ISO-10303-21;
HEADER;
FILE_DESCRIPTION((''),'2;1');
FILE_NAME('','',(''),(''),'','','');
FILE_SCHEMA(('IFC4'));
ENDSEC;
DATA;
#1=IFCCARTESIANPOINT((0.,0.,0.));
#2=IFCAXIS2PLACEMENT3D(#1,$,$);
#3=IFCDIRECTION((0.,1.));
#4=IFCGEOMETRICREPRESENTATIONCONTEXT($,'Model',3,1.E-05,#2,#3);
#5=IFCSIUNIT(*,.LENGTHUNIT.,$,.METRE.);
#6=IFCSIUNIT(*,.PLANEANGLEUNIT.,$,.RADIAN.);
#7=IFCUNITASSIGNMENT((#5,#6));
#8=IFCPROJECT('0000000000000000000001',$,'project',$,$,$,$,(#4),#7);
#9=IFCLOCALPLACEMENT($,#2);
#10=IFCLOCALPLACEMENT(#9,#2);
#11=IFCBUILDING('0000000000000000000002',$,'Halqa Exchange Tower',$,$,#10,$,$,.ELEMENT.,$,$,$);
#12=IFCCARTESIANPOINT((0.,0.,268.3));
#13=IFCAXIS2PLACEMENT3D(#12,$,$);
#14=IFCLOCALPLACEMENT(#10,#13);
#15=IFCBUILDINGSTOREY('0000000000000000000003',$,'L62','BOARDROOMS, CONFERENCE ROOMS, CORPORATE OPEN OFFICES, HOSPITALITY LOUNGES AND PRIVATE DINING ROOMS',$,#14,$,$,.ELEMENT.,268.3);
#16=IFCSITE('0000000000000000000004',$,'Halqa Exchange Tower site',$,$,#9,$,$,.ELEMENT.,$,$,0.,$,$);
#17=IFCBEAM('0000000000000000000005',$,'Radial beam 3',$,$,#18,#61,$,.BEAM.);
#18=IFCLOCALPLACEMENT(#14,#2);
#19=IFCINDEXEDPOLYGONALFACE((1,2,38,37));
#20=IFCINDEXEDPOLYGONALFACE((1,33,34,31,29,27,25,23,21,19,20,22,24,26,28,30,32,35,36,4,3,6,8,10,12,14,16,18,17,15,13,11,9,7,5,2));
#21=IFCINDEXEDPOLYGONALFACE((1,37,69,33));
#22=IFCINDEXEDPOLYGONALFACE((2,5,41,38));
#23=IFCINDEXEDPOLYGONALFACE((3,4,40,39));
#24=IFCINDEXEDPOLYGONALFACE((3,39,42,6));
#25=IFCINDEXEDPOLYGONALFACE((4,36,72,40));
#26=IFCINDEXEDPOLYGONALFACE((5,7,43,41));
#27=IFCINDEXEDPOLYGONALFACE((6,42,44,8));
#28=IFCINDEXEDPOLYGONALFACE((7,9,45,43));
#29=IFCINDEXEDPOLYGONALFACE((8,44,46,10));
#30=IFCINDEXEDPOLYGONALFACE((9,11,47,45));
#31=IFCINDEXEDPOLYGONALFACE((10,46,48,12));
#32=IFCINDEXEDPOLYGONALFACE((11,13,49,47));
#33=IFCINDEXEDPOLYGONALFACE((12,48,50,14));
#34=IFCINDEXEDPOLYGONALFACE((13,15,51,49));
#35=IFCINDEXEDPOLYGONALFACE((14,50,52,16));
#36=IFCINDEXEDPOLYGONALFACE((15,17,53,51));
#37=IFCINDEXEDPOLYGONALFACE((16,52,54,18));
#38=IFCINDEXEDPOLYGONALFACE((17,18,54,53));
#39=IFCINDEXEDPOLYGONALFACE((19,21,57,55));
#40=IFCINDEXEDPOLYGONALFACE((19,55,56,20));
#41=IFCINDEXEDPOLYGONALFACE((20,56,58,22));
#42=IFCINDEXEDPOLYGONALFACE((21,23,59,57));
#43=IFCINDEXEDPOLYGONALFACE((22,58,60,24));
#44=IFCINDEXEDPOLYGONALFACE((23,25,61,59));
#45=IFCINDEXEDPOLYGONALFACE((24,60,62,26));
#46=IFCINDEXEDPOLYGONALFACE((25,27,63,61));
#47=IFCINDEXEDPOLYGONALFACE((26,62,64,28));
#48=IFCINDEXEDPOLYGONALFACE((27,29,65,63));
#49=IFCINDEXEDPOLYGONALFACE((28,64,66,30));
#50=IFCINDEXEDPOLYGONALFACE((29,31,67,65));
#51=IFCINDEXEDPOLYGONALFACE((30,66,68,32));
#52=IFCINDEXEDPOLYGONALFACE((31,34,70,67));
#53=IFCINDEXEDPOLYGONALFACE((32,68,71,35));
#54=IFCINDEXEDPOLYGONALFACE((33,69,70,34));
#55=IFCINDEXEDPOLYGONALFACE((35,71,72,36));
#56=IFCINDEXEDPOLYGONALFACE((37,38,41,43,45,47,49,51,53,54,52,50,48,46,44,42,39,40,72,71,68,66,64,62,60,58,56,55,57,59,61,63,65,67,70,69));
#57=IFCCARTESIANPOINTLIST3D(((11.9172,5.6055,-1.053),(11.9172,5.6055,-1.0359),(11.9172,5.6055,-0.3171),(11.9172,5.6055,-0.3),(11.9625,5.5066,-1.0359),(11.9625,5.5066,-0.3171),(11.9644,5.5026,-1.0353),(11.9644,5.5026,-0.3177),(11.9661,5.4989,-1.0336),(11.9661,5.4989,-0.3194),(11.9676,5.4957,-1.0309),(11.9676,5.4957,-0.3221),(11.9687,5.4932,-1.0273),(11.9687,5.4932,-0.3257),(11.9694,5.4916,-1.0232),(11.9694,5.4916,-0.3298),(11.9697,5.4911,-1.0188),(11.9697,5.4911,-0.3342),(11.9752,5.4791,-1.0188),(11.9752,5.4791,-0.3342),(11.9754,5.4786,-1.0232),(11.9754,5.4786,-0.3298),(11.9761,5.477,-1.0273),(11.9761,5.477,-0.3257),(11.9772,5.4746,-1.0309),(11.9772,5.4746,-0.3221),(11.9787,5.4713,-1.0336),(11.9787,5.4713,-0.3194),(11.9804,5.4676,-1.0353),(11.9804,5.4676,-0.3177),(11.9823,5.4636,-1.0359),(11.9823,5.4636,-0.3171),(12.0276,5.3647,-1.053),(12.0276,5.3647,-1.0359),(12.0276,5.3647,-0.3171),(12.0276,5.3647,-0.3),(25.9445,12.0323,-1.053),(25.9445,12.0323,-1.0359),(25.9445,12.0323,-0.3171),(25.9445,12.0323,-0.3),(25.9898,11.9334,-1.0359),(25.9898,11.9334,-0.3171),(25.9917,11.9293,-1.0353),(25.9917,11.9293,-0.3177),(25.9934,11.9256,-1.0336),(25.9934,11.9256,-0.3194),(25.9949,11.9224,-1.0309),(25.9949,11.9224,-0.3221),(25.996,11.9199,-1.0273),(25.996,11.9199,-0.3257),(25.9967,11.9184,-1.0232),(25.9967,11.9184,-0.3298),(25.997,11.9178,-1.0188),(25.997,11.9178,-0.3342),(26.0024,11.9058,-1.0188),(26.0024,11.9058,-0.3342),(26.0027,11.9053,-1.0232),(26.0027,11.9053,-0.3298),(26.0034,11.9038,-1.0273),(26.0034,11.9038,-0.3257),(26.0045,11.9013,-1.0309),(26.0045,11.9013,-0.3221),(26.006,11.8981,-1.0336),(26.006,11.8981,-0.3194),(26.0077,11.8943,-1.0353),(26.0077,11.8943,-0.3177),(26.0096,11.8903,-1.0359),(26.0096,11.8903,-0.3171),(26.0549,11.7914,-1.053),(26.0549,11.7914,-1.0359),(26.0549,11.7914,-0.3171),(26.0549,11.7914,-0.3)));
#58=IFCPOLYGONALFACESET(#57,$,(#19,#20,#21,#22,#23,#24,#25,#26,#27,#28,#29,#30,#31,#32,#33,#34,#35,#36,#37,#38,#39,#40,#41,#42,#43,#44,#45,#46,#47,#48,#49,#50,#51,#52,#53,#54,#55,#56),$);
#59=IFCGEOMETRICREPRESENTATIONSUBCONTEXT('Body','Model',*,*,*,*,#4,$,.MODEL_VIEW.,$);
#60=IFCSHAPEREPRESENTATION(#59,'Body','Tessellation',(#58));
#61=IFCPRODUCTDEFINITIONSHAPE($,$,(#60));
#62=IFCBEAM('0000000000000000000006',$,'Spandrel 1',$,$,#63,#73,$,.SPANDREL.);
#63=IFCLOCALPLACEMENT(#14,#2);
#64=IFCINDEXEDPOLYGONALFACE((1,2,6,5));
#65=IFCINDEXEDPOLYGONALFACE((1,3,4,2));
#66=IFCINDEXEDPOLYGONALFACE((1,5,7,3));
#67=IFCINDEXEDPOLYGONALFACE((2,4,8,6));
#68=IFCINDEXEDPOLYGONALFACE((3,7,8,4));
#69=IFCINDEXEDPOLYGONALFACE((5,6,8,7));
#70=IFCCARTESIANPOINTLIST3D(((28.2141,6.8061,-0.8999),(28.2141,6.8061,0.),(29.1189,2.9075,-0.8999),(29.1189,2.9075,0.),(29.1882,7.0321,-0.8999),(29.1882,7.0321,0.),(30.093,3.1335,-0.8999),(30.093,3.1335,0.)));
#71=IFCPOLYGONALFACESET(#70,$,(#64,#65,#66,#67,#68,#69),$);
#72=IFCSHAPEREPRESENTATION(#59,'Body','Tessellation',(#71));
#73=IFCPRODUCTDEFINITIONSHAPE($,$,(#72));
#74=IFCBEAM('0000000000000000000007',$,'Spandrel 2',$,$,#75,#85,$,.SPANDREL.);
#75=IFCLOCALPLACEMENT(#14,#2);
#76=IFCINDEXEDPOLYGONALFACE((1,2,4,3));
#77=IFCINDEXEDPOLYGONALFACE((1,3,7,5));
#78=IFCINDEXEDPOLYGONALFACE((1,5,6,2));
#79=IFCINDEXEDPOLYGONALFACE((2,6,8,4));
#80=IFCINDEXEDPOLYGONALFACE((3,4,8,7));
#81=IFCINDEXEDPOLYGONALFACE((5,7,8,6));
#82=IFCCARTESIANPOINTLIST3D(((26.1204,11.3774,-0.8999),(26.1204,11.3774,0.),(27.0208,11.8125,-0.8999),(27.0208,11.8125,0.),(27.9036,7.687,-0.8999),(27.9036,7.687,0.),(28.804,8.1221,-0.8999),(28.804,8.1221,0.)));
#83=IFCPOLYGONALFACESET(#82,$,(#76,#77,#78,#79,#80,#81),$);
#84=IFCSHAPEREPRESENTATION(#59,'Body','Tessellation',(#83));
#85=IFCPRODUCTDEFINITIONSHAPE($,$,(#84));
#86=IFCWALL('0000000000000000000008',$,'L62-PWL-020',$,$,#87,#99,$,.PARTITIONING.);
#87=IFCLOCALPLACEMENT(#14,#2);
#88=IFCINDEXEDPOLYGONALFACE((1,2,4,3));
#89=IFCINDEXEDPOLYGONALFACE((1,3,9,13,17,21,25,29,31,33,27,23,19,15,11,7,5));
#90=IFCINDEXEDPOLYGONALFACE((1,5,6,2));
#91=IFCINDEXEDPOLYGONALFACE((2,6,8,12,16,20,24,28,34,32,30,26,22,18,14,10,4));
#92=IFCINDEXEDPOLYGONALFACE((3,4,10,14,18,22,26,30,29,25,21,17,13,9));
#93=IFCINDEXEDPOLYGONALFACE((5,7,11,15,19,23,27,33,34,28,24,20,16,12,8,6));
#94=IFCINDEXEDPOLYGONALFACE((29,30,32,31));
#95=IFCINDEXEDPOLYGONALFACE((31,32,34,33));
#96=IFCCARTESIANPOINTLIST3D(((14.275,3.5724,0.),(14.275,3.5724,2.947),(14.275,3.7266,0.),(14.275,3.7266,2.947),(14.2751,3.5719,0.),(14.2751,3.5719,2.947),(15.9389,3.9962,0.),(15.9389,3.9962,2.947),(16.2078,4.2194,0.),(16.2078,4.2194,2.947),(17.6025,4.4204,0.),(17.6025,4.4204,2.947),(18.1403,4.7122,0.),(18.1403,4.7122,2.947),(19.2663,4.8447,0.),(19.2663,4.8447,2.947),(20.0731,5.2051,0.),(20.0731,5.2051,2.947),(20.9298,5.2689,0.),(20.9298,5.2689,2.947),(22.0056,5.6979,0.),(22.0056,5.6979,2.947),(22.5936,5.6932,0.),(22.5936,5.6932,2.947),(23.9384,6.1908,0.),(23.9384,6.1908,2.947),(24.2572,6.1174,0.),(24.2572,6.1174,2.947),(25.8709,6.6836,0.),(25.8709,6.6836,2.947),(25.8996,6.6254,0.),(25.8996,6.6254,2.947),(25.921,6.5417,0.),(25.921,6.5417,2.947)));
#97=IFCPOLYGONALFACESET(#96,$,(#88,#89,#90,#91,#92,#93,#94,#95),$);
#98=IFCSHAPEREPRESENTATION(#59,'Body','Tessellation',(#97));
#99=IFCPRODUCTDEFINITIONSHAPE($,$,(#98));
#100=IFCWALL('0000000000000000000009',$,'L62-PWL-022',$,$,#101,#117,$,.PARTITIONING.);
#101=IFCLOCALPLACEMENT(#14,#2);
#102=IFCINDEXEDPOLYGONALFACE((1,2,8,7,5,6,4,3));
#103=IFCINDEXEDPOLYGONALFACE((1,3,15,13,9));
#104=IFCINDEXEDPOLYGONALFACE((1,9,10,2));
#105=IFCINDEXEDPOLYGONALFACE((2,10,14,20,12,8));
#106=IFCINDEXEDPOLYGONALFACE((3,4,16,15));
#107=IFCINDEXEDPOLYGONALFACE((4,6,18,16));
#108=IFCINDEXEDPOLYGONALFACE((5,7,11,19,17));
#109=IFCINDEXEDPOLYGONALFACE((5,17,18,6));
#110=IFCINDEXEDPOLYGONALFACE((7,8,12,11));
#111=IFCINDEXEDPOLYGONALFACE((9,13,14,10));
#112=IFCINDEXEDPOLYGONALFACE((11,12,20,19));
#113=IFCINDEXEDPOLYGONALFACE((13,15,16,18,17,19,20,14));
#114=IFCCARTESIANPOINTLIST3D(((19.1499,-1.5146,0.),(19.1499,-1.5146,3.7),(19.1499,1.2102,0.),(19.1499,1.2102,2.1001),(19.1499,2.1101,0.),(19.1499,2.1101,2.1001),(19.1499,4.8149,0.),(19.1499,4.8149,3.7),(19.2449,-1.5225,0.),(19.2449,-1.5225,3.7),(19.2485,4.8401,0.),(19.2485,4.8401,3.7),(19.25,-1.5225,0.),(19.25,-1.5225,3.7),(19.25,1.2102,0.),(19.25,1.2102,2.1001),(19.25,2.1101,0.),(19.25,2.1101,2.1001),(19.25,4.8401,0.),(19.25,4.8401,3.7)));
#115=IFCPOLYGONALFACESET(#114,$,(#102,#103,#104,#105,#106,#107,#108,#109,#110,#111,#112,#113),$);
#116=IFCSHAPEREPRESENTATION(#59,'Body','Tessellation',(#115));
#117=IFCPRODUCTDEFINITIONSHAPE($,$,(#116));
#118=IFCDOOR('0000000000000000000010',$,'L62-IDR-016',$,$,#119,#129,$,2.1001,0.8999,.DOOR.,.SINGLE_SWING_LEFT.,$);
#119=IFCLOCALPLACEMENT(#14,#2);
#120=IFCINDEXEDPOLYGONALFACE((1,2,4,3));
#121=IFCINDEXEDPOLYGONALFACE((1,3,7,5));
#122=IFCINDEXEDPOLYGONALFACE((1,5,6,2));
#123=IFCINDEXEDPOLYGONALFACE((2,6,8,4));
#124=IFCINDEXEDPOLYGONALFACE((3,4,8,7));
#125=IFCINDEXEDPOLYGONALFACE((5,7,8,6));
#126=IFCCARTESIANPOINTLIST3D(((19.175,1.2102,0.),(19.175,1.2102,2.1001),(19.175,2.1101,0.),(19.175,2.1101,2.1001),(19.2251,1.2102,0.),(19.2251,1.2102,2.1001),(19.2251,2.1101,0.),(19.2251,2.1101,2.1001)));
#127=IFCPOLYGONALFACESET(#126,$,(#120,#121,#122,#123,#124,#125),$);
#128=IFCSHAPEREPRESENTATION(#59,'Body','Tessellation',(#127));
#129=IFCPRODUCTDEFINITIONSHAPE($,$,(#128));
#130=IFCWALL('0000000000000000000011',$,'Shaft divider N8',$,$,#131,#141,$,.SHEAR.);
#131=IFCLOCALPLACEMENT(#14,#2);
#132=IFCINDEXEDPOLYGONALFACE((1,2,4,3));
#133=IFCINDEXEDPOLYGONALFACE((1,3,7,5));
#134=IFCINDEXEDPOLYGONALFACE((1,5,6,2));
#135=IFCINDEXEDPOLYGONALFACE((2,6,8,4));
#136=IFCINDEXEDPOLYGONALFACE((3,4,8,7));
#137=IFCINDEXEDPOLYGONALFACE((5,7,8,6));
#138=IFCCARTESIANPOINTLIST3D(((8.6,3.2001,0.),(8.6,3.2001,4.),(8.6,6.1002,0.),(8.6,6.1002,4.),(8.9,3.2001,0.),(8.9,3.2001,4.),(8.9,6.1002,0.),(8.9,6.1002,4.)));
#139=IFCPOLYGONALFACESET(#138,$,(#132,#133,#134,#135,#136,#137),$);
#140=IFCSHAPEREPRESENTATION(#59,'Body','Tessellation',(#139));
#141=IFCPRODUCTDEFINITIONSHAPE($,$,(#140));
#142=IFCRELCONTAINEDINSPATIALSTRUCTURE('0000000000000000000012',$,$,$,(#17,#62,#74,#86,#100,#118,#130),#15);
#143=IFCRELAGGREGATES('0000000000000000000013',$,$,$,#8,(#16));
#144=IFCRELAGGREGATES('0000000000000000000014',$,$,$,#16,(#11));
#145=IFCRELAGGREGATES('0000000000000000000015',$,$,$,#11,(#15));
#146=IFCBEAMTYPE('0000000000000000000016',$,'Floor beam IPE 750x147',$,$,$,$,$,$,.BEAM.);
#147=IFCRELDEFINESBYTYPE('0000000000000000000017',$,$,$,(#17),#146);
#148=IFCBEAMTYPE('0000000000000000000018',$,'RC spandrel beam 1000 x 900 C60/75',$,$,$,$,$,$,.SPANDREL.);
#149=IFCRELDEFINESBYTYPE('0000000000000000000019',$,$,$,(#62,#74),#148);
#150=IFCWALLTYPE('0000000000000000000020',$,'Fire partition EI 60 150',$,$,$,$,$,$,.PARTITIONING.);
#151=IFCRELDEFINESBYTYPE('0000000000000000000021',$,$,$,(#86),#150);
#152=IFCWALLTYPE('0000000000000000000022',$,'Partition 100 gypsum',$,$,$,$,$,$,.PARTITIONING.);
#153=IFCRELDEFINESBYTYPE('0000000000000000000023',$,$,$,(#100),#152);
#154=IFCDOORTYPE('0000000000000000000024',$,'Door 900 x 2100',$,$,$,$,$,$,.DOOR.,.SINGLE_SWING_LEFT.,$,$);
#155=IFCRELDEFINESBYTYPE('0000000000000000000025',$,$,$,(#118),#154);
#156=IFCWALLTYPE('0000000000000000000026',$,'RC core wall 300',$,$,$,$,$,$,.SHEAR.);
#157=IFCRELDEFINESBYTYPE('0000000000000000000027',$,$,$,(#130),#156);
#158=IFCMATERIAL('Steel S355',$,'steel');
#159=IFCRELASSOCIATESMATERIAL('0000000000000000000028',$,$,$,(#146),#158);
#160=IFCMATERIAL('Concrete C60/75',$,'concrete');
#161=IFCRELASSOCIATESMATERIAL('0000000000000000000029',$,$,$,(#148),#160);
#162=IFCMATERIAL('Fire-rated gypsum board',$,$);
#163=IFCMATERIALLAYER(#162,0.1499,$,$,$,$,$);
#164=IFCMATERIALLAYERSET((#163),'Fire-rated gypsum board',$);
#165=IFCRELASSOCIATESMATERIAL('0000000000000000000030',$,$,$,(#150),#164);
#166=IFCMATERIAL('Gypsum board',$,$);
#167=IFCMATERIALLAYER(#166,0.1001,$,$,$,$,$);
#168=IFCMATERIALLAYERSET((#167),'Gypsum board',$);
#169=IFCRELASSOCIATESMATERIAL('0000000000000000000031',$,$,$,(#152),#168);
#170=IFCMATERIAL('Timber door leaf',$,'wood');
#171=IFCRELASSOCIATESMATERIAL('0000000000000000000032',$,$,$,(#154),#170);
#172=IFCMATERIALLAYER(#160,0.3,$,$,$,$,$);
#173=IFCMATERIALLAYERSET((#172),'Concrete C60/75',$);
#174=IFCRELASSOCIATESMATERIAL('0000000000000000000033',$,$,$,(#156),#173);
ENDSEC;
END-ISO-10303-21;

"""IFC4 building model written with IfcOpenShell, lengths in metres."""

from ifc_helpers import new_model, si_unit, direction, frame, frame_2d, origin, origin_2d, place, context, subcontext, project, spatial, polyline, rectangle, i_section, outline, extrude, material, layer, layer_set, material_profile, profile_set, type_object, element, fill, save


model = new_model("IFC4")

# Units and contexts
model_context = context("Model", 3, precision=1e-05, world=origin(), true_north=direction((0.0, 1.0)))
body_context = subcontext(model_context, "Body", "Model", "MODEL_VIEW")
ifc_project = project(units=[si_unit("LENGTHUNIT", "METRE"), si_unit("PLANEANGLEUNIT", "RADIAN")], contexts=[model_context])

# Site, building, storey
site_placement = place(None, origin())
site = spatial("IfcSite", under=ifc_project, at=site_placement, Name="Halqa Exchange Tower site", CompositionType="ELEMENT", RefElevation=0.0)
building_placement = place(site_placement, origin())
building = spatial("IfcBuilding", under=site, at=building_placement, Name="Halqa Exchange Tower", CompositionType="ELEMENT")
storey_placement = place(building_placement, frame((0.0, 0.0, 268.3)))
storey = spatial("IfcBuildingStorey", under=building, at=storey_placement, Name="L62", Description="BOARDROOMS, CONFERENCE ROOMS, CORPORATE OPEN OFFICES, HOSPITALITY LOUNGES AND PRIVATE DINING ROOMS", CompositionType="ELEMENT", Elevation=268.3)

# Shared definitions
ifc_material_1 = material(Name="Concrete C60/75", Category="concrete")

# Beams
ifc_material_2 = material(Name="Steel S355", Category="steel")
ifc_material_profile_1 = material_profile(ifc_material_2, i_section(OverallWidth=0.2649, OverallDepth=0.7529, WebThickness=0.0132, FlangeThickness=0.0171, FilletRadius=0.0171, at=origin_2d()), Name="IPE 750x147")
ifc_profile_set_1 = profile_set([ifc_material_profile_1], Name="Steel S355")
beam_type_1 = type_object("IfcBeamType", Name="Floor beam IPE 750x147", PredefinedType="BEAM", material=ifc_profile_set_1)
beam_1_placement = place(storey_placement, frame((11.9724, 5.4851, -0.6765), z_axis=(0.909125, 0.416524, 0.0), x_axis=(-0.416524, 0.909125, 0.0)))
element("IfcBeam", 1, at=beam_1_placement, inside=storey, type_object=beam_type_1, Name="Radial beam 3", PredefinedType="BEAM", context=body_context, shape_type="SweptSolid", body=[
    extrude(i_section(OverallWidth=0.2649, OverallDepth=0.7529, WebThickness=0.0132, FlangeThickness=0.0171, FilletRadius=0.0171, at=origin_2d()), origin(), (0.0, 0.0, 1.0), 15.4294),
])
ifc_material_profile_2 = material_profile(ifc_material_1, rectangle(XDim=1.0, YDim=0.8999, at=origin_2d()), Name="1000 x 900")
ifc_profile_set_2 = profile_set([ifc_material_profile_2], Name="Concrete C60/75")
beam_type_2 = type_object("IfcBeamType", Name="RC spandrel beam 1000 x 900 C60/75", PredefinedType="SPANDREL", material=ifc_profile_set_2)
beam_2_placement = place(storey_placement, frame((29.606, 3.0205, -0.45), z_axis=(-0.226067, 0.974112, 0.0), x_axis=(-0.974112, -0.226067, 0.0)))
element("IfcBeam", 2, at=beam_2_placement, inside=storey, type_object=beam_type_2, Name="Spandrel 1", PredefinedType="SPANDREL", context=body_context, shape_type="SweptSolid", body=[
    extrude(rectangle(XDim=1.0, YDim=0.8999, at=origin_2d()), origin(), (0.0, 0.0, 1.0), 4.0022),
])
beam_3_placement = place(storey_placement, frame((28.3538, 7.9045, -0.45), z_axis=(-0.435069, 0.900397, 0.0), x_axis=(-0.900397, -0.435069, 0.0)))
element("IfcBeam", 3, at=beam_3_placement, inside=storey, type_object=beam_type_2, Name="Spandrel 2", PredefinedType="SPANDREL", context=body_context, shape_type="SweptSolid", body=[
    extrude(rectangle(XDim=1.0, YDim=0.8999, at=origin_2d()), origin(), (0.0, 0.0, 1.0), 4.0986),
])

# Wall
ifc_material_3 = material(Name="Fire-rated gypsum board")
ifc_layer_1 = layer(ifc_material_3, 0.1499)
ifc_layer_set_1 = layer_set([ifc_layer_1], Name="Fire-rated gypsum board")
wall_type_1 = type_object("IfcWallType", Name="Fire partition EI 60 150", PredefinedType="PARTITIONING", material=ifc_layer_set_1)
wall_1_placement = place(storey_placement, frame((14.2566, 3.6445, 0.0), z_axis=(0.0, 0.0, 1.0), x_axis=(0.968991, 0.247098, 0.0)))
element("IfcWall", 4, at=wall_1_placement, inside=storey, type_object=wall_type_1, Name="L62-PWL-020", PredefinedType="PARTITIONING", context=body_context, shape_type="SweptSolid", body=[
    extrude(outline(polyline([(12.0186, -0.075), (12.0186, 0.0115), (12.0051, 0.075), (10.0107, 0.075), (8.0161, 0.075), (6.0217, 0.075), (4.0271, 0.075), (2.0327, 0.075), (0.0381, 0.075), (0.0, -0.0745), (0.0, -0.075), (1.717, -0.075), (3.4338, -0.075), (5.1509, -0.075), (6.8677, -0.075), (8.5847, -0.075), (10.3015, -0.075), (12.0186, -0.075)])), origin(), (0.0, 0.0, 1.0), 2.947),
])

# Wall, opening, door
ifc_material_4 = material(Name="Gypsum board")
ifc_layer_2 = layer(ifc_material_4, 0.1001)
ifc_layer_set_2 = layer_set([ifc_layer_2], Name="Gypsum board")
wall_type_2 = type_object("IfcWallType", Name="Partition 100 gypsum", PredefinedType="PARTITIONING", material=ifc_layer_set_2)
wall_2_placement = place(storey_placement, frame((19.2, 4.8401, 0.0), z_axis=(0.0, 0.0, 1.0), x_axis=(0.0, -1.0, 0.0)))
wall_2 = element("IfcWall", 5, at=wall_2_placement, inside=storey, type_object=wall_type_2, Name="L62-PWL-022", PredefinedType="PARTITIONING", context=body_context, shape_type="SweptSolid", body=[
    extrude(outline(polyline([(0.0251, -0.05), (1.6074, -0.05), (3.1899, -0.05), (4.7722, -0.05), (6.3547, -0.05), (6.3625, 0.0449), (6.3625, 0.05), (4.772, 0.05), (3.1812, 0.05), (1.5906, 0.05), (0.0, 0.05), (0.0, 0.0486), (0.0251, -0.05)])), origin(), (0.0, 0.0, 1.0), 3.7),
])
opening_1_placement = place(wall_2_placement, frame((2.73, 0.0, 0.0)))
opening_1 = element("IfcOpeningElement", 6, at=opening_1_placement, cuts=wall_2, PredefinedType="OPENING", context=body_context, shape_type="SweptSolid", body=[
    extrude(rectangle(XDim=0.8999, YDim=2.1001, at=frame_2d((0.45, 1.05))), frame((0.0, 0.062, 0.0), z_axis=(0.0, -1.0, 0.0), x_axis=(1.0, 0.0, 0.0)), (0.0, 0.0, 1.0), 0.124),
])
ifc_material_5 = material(Name="Timber door leaf", Category="wood")
door_type = type_object("IfcDoorType", Name="Door 900 x 2100", OperationType="SINGLE_SWING_LEFT", PredefinedType="DOOR", material=ifc_material_5)
door_placement = place(opening_1_placement, frame((0.8999, 0.0, 0.0), z_axis=(0.0, 0.0, 1.0), x_axis=(-1.0, 0.0, 0.0)))
door = element("IfcDoor", 7, at=door_placement, inside=storey, type_object=door_type, Name="L62-IDR-016", OperationType="SINGLE_SWING_LEFT", OverallHeight=2.1001, OverallWidth=0.8999, PredefinedType="DOOR", context=body_context, shape_type="SweptSolid", body=[
    extrude(rectangle(XDim=0.8999, YDim=2.1001, at=frame_2d((0.45, 1.05))), frame((0.0, 0.0249, 0.0), z_axis=(0.0, -1.0, 0.0), x_axis=(1.0, 0.0, 0.0)), (0.0, 0.0, 1.0), 0.05),
])
fill(opening_1, door)

# Wall
ifc_layer_3 = layer(ifc_material_1, 0.3)
ifc_layer_set_3 = layer_set([ifc_layer_3], Name="Concrete C60/75")
wall_type_3 = type_object("IfcWallType", Name="RC core wall 300", PredefinedType="SHEAR", material=ifc_layer_set_3)
wall_3_placement = place(storey_placement, frame((8.75, 3.2, 0.0), z_axis=(0.0, 0.0, 1.0), x_axis=(0.0, 1.0, 0.0)))
element("IfcWall", 8, at=wall_3_placement, inside=storey, type_object=wall_type_3, Name="Shaft divider N8", PredefinedType="SHEAR", context=body_context, shape_type="SweptSolid", body=[
    extrude(rectangle(XDim=2.9001, YDim=0.3, at=frame_2d((1.4502, 0.0))), origin(), (0.0, 0.0, 1.0), 4.0),
])

save(model, "model.ifc")
